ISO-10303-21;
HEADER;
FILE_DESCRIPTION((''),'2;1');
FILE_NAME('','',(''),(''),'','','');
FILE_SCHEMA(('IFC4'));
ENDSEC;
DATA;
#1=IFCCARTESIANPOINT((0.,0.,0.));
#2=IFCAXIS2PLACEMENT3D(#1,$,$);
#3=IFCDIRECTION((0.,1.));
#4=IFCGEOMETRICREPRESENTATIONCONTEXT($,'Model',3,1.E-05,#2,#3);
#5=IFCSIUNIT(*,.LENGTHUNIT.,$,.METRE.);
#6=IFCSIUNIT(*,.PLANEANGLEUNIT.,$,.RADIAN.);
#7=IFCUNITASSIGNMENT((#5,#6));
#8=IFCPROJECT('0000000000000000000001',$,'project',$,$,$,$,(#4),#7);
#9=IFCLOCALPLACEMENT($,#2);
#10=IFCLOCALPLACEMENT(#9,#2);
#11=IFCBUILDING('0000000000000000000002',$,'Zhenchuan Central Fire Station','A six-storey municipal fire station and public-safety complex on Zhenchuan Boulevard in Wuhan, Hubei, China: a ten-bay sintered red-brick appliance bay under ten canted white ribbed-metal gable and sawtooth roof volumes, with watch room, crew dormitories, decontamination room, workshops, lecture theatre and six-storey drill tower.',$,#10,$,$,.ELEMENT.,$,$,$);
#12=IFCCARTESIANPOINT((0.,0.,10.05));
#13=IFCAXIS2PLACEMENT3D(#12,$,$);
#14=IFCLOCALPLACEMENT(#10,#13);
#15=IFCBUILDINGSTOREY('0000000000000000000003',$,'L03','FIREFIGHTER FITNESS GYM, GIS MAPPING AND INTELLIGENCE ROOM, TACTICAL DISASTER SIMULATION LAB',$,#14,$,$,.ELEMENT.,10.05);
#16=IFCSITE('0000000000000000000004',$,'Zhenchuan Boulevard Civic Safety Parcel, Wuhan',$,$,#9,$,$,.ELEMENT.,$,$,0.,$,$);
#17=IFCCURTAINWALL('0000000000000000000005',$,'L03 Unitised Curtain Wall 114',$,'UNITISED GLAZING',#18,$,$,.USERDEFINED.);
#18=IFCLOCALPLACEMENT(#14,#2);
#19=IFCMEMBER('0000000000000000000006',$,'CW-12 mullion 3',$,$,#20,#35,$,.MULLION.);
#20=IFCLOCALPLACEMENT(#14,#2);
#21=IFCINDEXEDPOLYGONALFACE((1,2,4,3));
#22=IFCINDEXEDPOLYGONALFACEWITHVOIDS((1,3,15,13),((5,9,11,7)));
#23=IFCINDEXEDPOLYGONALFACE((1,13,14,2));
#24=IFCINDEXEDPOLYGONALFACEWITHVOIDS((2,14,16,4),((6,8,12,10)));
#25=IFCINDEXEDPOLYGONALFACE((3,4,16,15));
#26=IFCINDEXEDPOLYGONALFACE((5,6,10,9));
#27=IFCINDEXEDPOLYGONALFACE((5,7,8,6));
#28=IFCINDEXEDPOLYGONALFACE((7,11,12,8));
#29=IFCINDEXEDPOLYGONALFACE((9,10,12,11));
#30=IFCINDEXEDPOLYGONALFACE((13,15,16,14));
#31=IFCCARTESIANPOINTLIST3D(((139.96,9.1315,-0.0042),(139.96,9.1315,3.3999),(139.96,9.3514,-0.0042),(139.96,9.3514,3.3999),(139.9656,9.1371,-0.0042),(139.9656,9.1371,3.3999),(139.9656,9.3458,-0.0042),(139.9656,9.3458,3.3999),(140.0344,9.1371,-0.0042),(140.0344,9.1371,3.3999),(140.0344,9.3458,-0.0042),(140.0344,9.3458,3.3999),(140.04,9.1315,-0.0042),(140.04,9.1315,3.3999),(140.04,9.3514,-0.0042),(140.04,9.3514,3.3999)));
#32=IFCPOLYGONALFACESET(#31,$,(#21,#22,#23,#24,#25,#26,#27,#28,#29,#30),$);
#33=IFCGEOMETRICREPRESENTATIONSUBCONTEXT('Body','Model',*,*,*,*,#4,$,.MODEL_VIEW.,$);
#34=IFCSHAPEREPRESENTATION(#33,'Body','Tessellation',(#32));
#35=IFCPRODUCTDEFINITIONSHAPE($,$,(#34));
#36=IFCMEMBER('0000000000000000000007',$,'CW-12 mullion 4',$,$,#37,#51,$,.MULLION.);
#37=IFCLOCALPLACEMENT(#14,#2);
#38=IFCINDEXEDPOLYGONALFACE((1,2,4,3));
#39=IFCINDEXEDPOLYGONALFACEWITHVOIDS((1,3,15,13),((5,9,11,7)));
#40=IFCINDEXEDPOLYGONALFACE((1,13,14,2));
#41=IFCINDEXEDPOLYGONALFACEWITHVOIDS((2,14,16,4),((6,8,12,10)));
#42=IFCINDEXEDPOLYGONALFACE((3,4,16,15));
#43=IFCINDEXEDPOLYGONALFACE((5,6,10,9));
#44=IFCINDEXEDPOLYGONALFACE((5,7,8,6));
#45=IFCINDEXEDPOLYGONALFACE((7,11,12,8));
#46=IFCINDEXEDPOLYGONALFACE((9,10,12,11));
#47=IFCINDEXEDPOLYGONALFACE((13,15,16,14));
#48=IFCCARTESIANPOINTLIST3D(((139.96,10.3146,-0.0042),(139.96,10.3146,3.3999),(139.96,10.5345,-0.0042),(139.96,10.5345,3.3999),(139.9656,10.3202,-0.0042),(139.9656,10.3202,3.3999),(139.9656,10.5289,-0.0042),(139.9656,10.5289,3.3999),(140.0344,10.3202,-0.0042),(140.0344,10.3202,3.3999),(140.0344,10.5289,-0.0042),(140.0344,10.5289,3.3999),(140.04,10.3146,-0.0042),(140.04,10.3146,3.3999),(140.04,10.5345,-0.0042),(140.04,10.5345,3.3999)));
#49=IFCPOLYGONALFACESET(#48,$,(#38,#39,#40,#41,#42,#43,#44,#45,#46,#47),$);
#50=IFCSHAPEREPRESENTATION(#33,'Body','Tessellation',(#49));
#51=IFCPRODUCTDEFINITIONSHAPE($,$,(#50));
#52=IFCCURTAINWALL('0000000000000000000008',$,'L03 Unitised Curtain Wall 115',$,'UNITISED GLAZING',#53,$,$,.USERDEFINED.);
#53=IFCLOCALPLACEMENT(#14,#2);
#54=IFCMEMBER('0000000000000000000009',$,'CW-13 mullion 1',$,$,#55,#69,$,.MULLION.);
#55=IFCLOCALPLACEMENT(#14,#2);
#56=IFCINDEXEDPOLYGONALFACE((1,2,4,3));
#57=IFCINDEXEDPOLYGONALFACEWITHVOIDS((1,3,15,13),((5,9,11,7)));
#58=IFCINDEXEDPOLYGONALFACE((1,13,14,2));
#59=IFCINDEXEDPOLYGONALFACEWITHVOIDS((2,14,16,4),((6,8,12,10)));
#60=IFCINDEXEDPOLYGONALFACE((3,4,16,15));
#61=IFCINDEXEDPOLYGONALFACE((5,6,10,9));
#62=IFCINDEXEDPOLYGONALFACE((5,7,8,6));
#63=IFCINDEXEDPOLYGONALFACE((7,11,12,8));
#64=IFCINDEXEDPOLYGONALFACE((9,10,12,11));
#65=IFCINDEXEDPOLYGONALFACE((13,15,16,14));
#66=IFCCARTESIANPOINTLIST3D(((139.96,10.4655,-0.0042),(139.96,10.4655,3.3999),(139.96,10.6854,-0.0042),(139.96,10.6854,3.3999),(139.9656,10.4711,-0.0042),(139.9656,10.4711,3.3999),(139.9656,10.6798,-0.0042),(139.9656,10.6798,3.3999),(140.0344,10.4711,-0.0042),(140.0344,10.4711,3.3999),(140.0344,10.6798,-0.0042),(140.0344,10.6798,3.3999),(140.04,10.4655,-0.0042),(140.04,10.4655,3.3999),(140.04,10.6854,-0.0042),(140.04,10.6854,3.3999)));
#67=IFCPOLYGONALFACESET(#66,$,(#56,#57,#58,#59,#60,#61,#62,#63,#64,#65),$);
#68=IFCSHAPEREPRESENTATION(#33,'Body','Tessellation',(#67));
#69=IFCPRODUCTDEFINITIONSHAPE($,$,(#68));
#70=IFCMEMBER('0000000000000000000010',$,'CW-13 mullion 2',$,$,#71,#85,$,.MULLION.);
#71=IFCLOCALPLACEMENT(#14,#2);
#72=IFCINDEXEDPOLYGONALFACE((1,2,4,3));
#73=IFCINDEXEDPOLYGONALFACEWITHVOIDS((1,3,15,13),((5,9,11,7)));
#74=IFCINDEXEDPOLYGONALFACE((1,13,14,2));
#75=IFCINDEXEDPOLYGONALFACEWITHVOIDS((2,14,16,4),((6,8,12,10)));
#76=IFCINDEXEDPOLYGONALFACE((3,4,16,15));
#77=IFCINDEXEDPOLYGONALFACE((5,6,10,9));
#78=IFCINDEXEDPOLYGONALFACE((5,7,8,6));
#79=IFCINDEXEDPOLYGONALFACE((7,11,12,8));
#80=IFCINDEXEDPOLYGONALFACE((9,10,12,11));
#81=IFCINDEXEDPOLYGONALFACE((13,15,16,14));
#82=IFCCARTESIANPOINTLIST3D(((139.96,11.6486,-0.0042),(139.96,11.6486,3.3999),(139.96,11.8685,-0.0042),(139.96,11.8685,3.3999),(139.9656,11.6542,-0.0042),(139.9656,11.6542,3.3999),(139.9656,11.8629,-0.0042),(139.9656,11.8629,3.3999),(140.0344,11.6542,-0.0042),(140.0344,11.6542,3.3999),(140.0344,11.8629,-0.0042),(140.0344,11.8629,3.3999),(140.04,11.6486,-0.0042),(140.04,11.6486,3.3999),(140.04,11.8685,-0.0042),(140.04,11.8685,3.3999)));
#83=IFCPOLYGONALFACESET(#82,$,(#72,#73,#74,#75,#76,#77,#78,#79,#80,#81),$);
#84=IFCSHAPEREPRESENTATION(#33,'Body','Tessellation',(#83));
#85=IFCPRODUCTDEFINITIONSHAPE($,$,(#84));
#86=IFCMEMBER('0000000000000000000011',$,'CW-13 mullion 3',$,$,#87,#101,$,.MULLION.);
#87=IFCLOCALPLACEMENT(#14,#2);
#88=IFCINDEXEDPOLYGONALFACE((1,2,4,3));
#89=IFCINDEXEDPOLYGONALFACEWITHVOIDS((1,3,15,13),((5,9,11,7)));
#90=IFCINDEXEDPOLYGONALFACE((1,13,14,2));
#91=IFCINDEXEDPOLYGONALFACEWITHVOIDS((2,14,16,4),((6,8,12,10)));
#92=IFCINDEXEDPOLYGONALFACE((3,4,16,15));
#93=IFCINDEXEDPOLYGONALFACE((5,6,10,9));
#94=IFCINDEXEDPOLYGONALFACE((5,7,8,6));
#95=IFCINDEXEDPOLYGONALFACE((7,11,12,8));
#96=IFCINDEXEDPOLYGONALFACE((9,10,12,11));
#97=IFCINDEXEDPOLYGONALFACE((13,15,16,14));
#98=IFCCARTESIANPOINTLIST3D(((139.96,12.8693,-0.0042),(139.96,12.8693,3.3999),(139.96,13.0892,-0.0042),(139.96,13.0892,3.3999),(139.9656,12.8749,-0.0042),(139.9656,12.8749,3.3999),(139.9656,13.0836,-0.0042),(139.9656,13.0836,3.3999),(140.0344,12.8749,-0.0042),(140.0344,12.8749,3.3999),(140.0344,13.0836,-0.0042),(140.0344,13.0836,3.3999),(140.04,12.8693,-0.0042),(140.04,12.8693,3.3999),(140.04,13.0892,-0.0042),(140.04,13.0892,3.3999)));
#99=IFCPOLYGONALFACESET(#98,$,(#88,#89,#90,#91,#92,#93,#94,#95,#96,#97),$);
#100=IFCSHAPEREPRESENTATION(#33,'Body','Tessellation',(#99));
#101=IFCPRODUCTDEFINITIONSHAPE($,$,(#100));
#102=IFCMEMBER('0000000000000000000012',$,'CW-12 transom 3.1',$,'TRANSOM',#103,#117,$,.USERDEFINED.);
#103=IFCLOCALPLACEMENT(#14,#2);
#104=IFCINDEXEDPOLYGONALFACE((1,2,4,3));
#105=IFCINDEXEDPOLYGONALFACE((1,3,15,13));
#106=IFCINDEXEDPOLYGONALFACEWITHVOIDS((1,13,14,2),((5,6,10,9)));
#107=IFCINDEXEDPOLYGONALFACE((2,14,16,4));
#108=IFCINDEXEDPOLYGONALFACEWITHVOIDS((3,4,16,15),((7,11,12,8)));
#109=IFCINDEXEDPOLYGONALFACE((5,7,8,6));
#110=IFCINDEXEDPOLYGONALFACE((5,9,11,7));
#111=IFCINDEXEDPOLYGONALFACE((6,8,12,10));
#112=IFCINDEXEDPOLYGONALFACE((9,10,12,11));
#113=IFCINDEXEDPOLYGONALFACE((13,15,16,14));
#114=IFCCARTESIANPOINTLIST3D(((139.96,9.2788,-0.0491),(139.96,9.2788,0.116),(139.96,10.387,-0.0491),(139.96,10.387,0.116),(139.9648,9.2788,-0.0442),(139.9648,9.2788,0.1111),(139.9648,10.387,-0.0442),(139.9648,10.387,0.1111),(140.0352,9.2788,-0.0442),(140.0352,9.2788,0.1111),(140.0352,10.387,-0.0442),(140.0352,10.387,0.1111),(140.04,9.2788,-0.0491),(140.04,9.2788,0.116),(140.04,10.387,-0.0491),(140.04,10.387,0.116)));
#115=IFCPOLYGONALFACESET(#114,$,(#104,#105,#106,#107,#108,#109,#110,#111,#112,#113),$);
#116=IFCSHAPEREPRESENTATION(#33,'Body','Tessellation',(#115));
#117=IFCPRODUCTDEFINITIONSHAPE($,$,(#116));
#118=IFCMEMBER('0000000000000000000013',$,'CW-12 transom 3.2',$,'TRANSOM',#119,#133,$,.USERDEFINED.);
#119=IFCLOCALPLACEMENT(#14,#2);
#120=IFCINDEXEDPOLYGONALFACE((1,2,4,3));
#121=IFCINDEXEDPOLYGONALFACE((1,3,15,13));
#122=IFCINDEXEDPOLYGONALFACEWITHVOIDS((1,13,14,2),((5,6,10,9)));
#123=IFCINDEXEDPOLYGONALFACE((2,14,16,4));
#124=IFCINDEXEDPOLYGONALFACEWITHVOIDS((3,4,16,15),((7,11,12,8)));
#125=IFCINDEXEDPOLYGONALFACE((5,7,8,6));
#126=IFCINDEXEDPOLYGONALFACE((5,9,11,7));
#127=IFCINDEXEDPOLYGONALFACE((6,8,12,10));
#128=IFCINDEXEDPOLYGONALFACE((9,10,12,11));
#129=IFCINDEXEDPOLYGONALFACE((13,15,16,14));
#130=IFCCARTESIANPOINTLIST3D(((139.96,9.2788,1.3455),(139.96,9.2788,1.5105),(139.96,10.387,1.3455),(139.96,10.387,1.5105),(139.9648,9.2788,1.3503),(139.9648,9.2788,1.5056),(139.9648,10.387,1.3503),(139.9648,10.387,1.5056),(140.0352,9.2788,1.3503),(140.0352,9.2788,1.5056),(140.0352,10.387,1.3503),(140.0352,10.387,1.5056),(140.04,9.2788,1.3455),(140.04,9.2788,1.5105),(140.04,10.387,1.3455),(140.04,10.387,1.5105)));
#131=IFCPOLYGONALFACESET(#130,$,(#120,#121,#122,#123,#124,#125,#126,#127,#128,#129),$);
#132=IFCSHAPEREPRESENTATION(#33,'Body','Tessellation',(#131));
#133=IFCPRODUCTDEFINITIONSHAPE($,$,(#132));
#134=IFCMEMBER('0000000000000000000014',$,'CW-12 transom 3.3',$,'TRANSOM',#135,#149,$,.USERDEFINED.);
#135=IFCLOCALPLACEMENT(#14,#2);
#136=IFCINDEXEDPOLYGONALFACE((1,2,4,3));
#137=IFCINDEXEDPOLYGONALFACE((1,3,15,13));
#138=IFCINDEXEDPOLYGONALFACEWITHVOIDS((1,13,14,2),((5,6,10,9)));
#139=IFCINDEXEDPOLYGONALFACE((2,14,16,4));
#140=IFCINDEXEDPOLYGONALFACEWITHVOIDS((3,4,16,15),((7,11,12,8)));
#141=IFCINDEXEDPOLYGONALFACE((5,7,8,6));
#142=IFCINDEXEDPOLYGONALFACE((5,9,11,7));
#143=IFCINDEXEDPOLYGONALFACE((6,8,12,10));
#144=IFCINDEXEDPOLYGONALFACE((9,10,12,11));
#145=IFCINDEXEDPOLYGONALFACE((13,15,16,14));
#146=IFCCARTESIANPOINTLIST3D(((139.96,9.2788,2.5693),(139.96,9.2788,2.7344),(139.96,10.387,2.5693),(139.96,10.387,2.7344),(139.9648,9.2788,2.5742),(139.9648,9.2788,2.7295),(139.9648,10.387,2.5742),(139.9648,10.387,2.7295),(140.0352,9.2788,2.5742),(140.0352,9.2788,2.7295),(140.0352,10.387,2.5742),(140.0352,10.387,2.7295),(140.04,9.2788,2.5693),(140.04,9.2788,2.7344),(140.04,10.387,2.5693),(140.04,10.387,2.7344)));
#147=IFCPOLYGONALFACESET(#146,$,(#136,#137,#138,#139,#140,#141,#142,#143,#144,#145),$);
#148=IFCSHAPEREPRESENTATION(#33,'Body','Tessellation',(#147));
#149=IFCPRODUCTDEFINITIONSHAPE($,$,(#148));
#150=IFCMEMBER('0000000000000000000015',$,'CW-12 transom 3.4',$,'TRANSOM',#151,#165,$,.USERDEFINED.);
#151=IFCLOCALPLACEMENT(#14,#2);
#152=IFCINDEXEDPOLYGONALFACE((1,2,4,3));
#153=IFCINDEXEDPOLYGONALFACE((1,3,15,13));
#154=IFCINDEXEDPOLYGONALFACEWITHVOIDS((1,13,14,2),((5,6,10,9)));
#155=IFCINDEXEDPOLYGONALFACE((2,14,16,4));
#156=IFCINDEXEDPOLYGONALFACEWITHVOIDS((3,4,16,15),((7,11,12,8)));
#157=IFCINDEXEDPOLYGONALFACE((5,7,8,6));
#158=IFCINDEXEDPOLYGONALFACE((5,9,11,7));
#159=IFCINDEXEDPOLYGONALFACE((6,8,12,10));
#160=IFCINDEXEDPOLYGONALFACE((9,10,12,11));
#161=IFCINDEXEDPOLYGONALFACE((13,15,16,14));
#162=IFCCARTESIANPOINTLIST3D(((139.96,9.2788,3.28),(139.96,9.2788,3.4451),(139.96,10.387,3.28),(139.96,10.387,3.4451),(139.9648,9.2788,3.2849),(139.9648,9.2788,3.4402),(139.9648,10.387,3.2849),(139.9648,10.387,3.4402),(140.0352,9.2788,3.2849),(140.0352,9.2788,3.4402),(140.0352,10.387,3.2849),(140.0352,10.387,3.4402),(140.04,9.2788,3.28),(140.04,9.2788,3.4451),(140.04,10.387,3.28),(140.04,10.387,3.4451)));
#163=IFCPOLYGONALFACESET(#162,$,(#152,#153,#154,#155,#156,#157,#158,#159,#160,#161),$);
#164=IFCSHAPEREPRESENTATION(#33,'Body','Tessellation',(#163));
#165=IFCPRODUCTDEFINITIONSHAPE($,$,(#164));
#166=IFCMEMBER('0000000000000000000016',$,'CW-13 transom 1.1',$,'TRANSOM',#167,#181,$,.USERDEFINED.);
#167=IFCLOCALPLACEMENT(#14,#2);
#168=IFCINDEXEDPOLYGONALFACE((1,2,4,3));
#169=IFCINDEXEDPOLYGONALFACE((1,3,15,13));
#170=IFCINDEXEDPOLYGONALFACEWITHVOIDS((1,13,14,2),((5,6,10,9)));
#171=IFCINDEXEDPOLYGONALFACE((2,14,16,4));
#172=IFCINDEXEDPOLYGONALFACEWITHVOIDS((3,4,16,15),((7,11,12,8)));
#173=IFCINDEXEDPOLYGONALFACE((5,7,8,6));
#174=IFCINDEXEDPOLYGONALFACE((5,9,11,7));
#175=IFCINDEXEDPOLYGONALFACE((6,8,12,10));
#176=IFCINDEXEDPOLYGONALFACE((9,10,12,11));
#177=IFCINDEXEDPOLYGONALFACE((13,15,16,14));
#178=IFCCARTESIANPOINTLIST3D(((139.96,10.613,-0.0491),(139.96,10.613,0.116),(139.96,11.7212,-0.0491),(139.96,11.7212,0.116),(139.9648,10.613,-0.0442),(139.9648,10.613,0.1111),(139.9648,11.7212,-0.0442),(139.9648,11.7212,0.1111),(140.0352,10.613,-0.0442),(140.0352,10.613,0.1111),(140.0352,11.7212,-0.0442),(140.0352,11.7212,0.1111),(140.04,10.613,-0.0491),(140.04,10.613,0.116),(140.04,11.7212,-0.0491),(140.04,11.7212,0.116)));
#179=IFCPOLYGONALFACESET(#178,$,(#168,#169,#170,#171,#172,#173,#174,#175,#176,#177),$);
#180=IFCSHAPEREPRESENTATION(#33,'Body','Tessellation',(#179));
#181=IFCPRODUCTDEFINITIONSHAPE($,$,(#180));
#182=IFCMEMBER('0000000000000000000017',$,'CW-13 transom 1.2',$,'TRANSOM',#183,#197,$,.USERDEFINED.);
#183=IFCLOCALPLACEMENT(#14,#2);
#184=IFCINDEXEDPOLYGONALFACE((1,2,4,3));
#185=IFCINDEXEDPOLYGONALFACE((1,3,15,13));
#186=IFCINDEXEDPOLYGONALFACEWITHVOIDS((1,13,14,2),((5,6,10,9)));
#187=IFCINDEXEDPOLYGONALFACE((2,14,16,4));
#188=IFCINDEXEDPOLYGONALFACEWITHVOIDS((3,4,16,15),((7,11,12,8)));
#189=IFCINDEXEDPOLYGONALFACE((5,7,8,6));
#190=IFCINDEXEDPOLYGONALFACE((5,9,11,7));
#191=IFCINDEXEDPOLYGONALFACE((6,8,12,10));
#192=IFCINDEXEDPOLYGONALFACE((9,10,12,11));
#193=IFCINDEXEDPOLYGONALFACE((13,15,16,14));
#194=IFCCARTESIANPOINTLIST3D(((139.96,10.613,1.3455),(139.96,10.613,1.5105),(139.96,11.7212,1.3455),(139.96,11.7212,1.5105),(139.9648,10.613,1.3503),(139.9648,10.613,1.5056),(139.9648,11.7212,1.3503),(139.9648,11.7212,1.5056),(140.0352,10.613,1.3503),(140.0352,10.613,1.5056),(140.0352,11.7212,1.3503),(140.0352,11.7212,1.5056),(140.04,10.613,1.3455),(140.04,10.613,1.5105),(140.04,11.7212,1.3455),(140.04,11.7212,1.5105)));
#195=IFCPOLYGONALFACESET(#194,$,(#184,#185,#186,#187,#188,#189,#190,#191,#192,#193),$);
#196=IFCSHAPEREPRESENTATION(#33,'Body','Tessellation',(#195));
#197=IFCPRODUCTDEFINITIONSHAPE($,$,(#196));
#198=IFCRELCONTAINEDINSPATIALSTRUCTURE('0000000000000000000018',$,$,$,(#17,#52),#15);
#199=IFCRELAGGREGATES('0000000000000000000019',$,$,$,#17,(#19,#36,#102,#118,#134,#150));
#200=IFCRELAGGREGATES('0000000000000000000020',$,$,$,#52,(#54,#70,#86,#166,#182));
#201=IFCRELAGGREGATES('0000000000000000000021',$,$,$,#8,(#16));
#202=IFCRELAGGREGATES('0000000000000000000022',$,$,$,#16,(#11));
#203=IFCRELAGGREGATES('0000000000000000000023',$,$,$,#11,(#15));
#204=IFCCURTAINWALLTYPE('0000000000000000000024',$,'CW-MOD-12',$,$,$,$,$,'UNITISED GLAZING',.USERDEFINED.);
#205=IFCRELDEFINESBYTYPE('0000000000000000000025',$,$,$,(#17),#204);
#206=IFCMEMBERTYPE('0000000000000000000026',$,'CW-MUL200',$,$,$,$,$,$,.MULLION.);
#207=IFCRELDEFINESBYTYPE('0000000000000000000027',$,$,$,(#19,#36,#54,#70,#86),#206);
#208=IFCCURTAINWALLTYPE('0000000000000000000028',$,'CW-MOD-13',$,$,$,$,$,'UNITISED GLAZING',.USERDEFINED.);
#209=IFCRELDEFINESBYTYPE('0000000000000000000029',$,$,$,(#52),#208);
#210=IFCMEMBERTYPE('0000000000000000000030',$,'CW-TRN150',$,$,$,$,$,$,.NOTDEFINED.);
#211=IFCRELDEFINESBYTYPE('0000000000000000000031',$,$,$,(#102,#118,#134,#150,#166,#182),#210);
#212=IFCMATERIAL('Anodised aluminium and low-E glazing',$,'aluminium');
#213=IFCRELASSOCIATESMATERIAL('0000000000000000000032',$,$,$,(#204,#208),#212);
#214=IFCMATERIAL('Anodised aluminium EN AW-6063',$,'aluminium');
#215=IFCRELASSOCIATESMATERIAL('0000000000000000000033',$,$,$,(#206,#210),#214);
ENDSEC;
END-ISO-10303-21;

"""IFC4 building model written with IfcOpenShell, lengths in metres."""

from ifc_helpers import new_model, si_unit, direction, frame, origin, origin_2d, place, context, subcontext, project, spatial, hollow_rectangle, extrude, material, material_profile, profile_set, type_object, element, aggregate, save


model = new_model("IFC4")

# Units and contexts
model_context = context("Model", 3, precision=1e-05, world=origin(), true_north=direction((0.0, 1.0)))
body_context = subcontext(model_context, "Body", "Model", "MODEL_VIEW")
ifc_project = project(units=[si_unit("LENGTHUNIT", "METRE"), si_unit("PLANEANGLEUNIT", "RADIAN")], contexts=[model_context])

# Site, building, storey
site_placement = place(None, origin())
site = spatial("IfcSite", under=ifc_project, at=site_placement, Name="Zhenchuan Boulevard Civic Safety Parcel, Wuhan", CompositionType="ELEMENT", RefElevation=0.0)
building_placement = place(site_placement, origin())
building = spatial("IfcBuilding", under=site, at=building_placement, Name="Zhenchuan Central Fire Station", Description="A six-storey municipal fire station and public-safety complex on Zhenchuan Boulevard in Wuhan, Hubei, China: a ten-bay sintered red-brick appliance bay under ten canted white ribbed-metal gable and sawtooth roof volumes, with watch room, crew dormitories, decontamination room, workshops, lecture theatre and six-storey drill tower.", CompositionType="ELEMENT")
storey_placement = place(building_placement, frame((0.0, 0.0, 10.05)))
storey = spatial("IfcBuildingStorey", under=building, at=storey_placement, Name="L03", Description="FIREFIGHTER FITNESS GYM, GIS MAPPING AND INTELLIGENCE ROOM, TACTICAL DISASTER SIMULATION LAB", CompositionType="ELEMENT", Elevation=10.05)

# Curtain walls, members
ifc_material_1 = material(Name="Anodised aluminium and low-E glazing", Category="aluminium")
curtain_wall_type_1 = type_object("IfcCurtainWallType", Name="CW-MOD-12", ElementType="UNITISED GLAZING", PredefinedType="USERDEFINED", material=ifc_material_1)
curtain_wall_1_placement = place(storey_placement, origin())
curtain_wall_1 = element("IfcCurtainWall", 1, at=curtain_wall_1_placement, inside=storey, type_object=curtain_wall_type_1, Name="L03 Unitised Curtain Wall 114", ObjectType="UNITISED GLAZING", PredefinedType="USERDEFINED")
ifc_material_2 = material(Name="Anodised aluminium EN AW-6063", Category="aluminium")
ifc_material_profile_1 = material_profile(ifc_material_2, hollow_rectangle(XDim=0.0801, YDim=0.22, WallThickness=0.0056, at=origin_2d()), Name="ALU-M 220x80")
ifc_profile_set_1 = profile_set([ifc_material_profile_1], Name="Anodised aluminium EN AW-6063")
member_type_1 = type_object("IfcMemberType", Name="CW-MUL200", PredefinedType="MULLION", material=ifc_profile_set_1)
member_1_placement = place(storey_placement, frame((140.0, 9.2415, -0.0042), z_axis=(0.0, 0.0, 1.0), x_axis=(-1.0, 0.0, 0.0)))
member_1 = element("IfcMember", 2, at=member_1_placement, type_object=member_type_1, Name="CW-12 mullion 3", PredefinedType="MULLION", context=body_context, shape_type="SweptSolid", body=[
    extrude(hollow_rectangle(XDim=0.0801, YDim=0.22, WallThickness=0.0056, at=origin_2d()), origin(), (0.0, 0.0, 1.0), 3.4041),
])
member_2_placement = place(storey_placement, frame((140.0, 10.4246, -0.0042), z_axis=(0.0, 0.0, 1.0), x_axis=(-1.0, 0.0, 0.0)))
member_2 = element("IfcMember", 3, at=member_2_placement, type_object=member_type_1, Name="CW-12 mullion 4", PredefinedType="MULLION", context=body_context, shape_type="SweptSolid", body=[
    extrude(hollow_rectangle(XDim=0.0801, YDim=0.22, WallThickness=0.0056, at=origin_2d()), origin(), (0.0, 0.0, 1.0), 3.4041),
])
curtain_wall_type_2 = type_object("IfcCurtainWallType", Name="CW-MOD-13", ElementType="UNITISED GLAZING", PredefinedType="USERDEFINED", material=ifc_material_1)
curtain_wall_2_placement = place(storey_placement, origin())
curtain_wall_2 = element("IfcCurtainWall", 4, at=curtain_wall_2_placement, inside=storey, type_object=curtain_wall_type_2, Name="L03 Unitised Curtain Wall 115", ObjectType="UNITISED GLAZING", PredefinedType="USERDEFINED")
member_3_placement = place(storey_placement, frame((140.0, 10.5754, -0.0042), z_axis=(0.0, 0.0, 1.0), x_axis=(-1.0, 0.0, 0.0)))
member_3 = element("IfcMember", 5, at=member_3_placement, type_object=member_type_1, Name="CW-13 mullion 1", PredefinedType="MULLION", context=body_context, shape_type="SweptSolid", body=[
    extrude(hollow_rectangle(XDim=0.0801, YDim=0.22, WallThickness=0.0056, at=origin_2d()), origin(), (0.0, 0.0, 1.0), 3.4041),
])
member_4_placement = place(storey_placement, frame((140.0, 11.7585, -0.0042), z_axis=(0.0, 0.0, 1.0), x_axis=(-1.0, 0.0, 0.0)))
member_4 = element("IfcMember", 6, at=member_4_placement, type_object=member_type_1, Name="CW-13 mullion 2", PredefinedType="MULLION", context=body_context, shape_type="SweptSolid", body=[
    extrude(hollow_rectangle(XDim=0.0801, YDim=0.22, WallThickness=0.0056, at=origin_2d()), origin(), (0.0, 0.0, 1.0), 3.4041),
])
member_5_placement = place(storey_placement, frame((140.0, 12.9792, -0.0042), z_axis=(0.0, 0.0, 1.0), x_axis=(-1.0, 0.0, 0.0)))
member_5 = element("IfcMember", 7, at=member_5_placement, type_object=member_type_1, Name="CW-13 mullion 3", PredefinedType="MULLION", context=body_context, shape_type="SweptSolid", body=[
    extrude(hollow_rectangle(XDim=0.0801, YDim=0.22, WallThickness=0.0056, at=origin_2d()), origin(), (0.0, 0.0, 1.0), 3.4041),
])

# Members
ifc_material_profile_2 = material_profile(ifc_material_2, hollow_rectangle(XDim=0.0801, YDim=0.165, WallThickness=0.0049, at=origin_2d()), Name="ALU-T 165x80")
ifc_profile_set_2 = profile_set([ifc_material_profile_2], Name="Anodised aluminium EN AW-6063")
member_type_2 = type_object("IfcMemberType", Name="CW-TRN150", PredefinedType="NOTDEFINED", material=ifc_profile_set_2)
member_6_placement = place(storey_placement, frame((140.0, 9.2788, 0.0334), z_axis=(0.0, 1.0, 0.0), x_axis=(-1.0, 0.0, 0.0)))
member_6 = element("IfcMember", 8, at=member_6_placement, type_object=member_type_2, Name="CW-12 transom 3.1", ObjectType="TRANSOM", PredefinedType="USERDEFINED", context=body_context, shape_type="SweptSolid", body=[
    extrude(hollow_rectangle(XDim=0.0801, YDim=0.165, WallThickness=0.0049, at=origin_2d()), origin(), (0.0, 0.0, 1.0), 1.1082),
])
member_7_placement = place(storey_placement, frame((140.0, 9.2788, 1.428), z_axis=(0.0, 1.0, 0.0), x_axis=(-1.0, 0.0, 0.0)))
member_7 = element("IfcMember", 9, at=member_7_placement, type_object=member_type_2, Name="CW-12 transom 3.2", ObjectType="TRANSOM", PredefinedType="USERDEFINED", context=body_context, shape_type="SweptSolid", body=[
    extrude(hollow_rectangle(XDim=0.0801, YDim=0.165, WallThickness=0.0049, at=origin_2d()), origin(), (0.0, 0.0, 1.0), 1.1082),
])
member_8_placement = place(storey_placement, frame((140.0, 9.2788, 2.6519), z_axis=(0.0, 1.0, 0.0), x_axis=(-1.0, 0.0, 0.0)))
member_8 = element("IfcMember", 10, at=member_8_placement, type_object=member_type_2, Name="CW-12 transom 3.3", ObjectType="TRANSOM", PredefinedType="USERDEFINED", context=body_context, shape_type="SweptSolid", body=[
    extrude(hollow_rectangle(XDim=0.0801, YDim=0.165, WallThickness=0.0049, at=origin_2d()), origin(), (0.0, 0.0, 1.0), 1.1082),
])
member_9_placement = place(storey_placement, frame((140.0, 9.2788, 3.3625), z_axis=(0.0, 1.0, 0.0), x_axis=(-1.0, 0.0, 0.0)))
member_9 = element("IfcMember", 11, at=member_9_placement, type_object=member_type_2, Name="CW-12 transom 3.4", ObjectType="TRANSOM", PredefinedType="USERDEFINED", context=body_context, shape_type="SweptSolid", body=[
    extrude(hollow_rectangle(XDim=0.0801, YDim=0.165, WallThickness=0.0049, at=origin_2d()), origin(), (0.0, 0.0, 1.0), 1.1082),
])
member_10_placement = place(storey_placement, frame((140.0, 10.613, 0.0334), z_axis=(0.0, 1.0, 0.0), x_axis=(-1.0, 0.0, 0.0)))
member_10 = element("IfcMember", 12, at=member_10_placement, type_object=member_type_2, Name="CW-13 transom 1.1", ObjectType="TRANSOM", PredefinedType="USERDEFINED", context=body_context, shape_type="SweptSolid", body=[
    extrude(hollow_rectangle(XDim=0.0801, YDim=0.165, WallThickness=0.0049, at=origin_2d()), origin(), (0.0, 0.0, 1.0), 1.1082),
])
member_11_placement = place(storey_placement, frame((140.0, 10.613, 1.428), z_axis=(0.0, 1.0, 0.0), x_axis=(-1.0, 0.0, 0.0)))
member_11 = element("IfcMember", 13, at=member_11_placement, type_object=member_type_2, Name="CW-13 transom 1.2", ObjectType="TRANSOM", PredefinedType="USERDEFINED", context=body_context, shape_type="SweptSolid", body=[
    extrude(hollow_rectangle(XDim=0.0801, YDim=0.165, WallThickness=0.0049, at=origin_2d()), origin(), (0.0, 0.0, 1.0), 1.1082),
])

aggregate(curtain_wall_1, [member_1, member_2, member_6, member_7, member_8, member_9])
aggregate(curtain_wall_2, [member_3, member_4, member_5, member_10, member_11])

save(model, "model.ifc")
